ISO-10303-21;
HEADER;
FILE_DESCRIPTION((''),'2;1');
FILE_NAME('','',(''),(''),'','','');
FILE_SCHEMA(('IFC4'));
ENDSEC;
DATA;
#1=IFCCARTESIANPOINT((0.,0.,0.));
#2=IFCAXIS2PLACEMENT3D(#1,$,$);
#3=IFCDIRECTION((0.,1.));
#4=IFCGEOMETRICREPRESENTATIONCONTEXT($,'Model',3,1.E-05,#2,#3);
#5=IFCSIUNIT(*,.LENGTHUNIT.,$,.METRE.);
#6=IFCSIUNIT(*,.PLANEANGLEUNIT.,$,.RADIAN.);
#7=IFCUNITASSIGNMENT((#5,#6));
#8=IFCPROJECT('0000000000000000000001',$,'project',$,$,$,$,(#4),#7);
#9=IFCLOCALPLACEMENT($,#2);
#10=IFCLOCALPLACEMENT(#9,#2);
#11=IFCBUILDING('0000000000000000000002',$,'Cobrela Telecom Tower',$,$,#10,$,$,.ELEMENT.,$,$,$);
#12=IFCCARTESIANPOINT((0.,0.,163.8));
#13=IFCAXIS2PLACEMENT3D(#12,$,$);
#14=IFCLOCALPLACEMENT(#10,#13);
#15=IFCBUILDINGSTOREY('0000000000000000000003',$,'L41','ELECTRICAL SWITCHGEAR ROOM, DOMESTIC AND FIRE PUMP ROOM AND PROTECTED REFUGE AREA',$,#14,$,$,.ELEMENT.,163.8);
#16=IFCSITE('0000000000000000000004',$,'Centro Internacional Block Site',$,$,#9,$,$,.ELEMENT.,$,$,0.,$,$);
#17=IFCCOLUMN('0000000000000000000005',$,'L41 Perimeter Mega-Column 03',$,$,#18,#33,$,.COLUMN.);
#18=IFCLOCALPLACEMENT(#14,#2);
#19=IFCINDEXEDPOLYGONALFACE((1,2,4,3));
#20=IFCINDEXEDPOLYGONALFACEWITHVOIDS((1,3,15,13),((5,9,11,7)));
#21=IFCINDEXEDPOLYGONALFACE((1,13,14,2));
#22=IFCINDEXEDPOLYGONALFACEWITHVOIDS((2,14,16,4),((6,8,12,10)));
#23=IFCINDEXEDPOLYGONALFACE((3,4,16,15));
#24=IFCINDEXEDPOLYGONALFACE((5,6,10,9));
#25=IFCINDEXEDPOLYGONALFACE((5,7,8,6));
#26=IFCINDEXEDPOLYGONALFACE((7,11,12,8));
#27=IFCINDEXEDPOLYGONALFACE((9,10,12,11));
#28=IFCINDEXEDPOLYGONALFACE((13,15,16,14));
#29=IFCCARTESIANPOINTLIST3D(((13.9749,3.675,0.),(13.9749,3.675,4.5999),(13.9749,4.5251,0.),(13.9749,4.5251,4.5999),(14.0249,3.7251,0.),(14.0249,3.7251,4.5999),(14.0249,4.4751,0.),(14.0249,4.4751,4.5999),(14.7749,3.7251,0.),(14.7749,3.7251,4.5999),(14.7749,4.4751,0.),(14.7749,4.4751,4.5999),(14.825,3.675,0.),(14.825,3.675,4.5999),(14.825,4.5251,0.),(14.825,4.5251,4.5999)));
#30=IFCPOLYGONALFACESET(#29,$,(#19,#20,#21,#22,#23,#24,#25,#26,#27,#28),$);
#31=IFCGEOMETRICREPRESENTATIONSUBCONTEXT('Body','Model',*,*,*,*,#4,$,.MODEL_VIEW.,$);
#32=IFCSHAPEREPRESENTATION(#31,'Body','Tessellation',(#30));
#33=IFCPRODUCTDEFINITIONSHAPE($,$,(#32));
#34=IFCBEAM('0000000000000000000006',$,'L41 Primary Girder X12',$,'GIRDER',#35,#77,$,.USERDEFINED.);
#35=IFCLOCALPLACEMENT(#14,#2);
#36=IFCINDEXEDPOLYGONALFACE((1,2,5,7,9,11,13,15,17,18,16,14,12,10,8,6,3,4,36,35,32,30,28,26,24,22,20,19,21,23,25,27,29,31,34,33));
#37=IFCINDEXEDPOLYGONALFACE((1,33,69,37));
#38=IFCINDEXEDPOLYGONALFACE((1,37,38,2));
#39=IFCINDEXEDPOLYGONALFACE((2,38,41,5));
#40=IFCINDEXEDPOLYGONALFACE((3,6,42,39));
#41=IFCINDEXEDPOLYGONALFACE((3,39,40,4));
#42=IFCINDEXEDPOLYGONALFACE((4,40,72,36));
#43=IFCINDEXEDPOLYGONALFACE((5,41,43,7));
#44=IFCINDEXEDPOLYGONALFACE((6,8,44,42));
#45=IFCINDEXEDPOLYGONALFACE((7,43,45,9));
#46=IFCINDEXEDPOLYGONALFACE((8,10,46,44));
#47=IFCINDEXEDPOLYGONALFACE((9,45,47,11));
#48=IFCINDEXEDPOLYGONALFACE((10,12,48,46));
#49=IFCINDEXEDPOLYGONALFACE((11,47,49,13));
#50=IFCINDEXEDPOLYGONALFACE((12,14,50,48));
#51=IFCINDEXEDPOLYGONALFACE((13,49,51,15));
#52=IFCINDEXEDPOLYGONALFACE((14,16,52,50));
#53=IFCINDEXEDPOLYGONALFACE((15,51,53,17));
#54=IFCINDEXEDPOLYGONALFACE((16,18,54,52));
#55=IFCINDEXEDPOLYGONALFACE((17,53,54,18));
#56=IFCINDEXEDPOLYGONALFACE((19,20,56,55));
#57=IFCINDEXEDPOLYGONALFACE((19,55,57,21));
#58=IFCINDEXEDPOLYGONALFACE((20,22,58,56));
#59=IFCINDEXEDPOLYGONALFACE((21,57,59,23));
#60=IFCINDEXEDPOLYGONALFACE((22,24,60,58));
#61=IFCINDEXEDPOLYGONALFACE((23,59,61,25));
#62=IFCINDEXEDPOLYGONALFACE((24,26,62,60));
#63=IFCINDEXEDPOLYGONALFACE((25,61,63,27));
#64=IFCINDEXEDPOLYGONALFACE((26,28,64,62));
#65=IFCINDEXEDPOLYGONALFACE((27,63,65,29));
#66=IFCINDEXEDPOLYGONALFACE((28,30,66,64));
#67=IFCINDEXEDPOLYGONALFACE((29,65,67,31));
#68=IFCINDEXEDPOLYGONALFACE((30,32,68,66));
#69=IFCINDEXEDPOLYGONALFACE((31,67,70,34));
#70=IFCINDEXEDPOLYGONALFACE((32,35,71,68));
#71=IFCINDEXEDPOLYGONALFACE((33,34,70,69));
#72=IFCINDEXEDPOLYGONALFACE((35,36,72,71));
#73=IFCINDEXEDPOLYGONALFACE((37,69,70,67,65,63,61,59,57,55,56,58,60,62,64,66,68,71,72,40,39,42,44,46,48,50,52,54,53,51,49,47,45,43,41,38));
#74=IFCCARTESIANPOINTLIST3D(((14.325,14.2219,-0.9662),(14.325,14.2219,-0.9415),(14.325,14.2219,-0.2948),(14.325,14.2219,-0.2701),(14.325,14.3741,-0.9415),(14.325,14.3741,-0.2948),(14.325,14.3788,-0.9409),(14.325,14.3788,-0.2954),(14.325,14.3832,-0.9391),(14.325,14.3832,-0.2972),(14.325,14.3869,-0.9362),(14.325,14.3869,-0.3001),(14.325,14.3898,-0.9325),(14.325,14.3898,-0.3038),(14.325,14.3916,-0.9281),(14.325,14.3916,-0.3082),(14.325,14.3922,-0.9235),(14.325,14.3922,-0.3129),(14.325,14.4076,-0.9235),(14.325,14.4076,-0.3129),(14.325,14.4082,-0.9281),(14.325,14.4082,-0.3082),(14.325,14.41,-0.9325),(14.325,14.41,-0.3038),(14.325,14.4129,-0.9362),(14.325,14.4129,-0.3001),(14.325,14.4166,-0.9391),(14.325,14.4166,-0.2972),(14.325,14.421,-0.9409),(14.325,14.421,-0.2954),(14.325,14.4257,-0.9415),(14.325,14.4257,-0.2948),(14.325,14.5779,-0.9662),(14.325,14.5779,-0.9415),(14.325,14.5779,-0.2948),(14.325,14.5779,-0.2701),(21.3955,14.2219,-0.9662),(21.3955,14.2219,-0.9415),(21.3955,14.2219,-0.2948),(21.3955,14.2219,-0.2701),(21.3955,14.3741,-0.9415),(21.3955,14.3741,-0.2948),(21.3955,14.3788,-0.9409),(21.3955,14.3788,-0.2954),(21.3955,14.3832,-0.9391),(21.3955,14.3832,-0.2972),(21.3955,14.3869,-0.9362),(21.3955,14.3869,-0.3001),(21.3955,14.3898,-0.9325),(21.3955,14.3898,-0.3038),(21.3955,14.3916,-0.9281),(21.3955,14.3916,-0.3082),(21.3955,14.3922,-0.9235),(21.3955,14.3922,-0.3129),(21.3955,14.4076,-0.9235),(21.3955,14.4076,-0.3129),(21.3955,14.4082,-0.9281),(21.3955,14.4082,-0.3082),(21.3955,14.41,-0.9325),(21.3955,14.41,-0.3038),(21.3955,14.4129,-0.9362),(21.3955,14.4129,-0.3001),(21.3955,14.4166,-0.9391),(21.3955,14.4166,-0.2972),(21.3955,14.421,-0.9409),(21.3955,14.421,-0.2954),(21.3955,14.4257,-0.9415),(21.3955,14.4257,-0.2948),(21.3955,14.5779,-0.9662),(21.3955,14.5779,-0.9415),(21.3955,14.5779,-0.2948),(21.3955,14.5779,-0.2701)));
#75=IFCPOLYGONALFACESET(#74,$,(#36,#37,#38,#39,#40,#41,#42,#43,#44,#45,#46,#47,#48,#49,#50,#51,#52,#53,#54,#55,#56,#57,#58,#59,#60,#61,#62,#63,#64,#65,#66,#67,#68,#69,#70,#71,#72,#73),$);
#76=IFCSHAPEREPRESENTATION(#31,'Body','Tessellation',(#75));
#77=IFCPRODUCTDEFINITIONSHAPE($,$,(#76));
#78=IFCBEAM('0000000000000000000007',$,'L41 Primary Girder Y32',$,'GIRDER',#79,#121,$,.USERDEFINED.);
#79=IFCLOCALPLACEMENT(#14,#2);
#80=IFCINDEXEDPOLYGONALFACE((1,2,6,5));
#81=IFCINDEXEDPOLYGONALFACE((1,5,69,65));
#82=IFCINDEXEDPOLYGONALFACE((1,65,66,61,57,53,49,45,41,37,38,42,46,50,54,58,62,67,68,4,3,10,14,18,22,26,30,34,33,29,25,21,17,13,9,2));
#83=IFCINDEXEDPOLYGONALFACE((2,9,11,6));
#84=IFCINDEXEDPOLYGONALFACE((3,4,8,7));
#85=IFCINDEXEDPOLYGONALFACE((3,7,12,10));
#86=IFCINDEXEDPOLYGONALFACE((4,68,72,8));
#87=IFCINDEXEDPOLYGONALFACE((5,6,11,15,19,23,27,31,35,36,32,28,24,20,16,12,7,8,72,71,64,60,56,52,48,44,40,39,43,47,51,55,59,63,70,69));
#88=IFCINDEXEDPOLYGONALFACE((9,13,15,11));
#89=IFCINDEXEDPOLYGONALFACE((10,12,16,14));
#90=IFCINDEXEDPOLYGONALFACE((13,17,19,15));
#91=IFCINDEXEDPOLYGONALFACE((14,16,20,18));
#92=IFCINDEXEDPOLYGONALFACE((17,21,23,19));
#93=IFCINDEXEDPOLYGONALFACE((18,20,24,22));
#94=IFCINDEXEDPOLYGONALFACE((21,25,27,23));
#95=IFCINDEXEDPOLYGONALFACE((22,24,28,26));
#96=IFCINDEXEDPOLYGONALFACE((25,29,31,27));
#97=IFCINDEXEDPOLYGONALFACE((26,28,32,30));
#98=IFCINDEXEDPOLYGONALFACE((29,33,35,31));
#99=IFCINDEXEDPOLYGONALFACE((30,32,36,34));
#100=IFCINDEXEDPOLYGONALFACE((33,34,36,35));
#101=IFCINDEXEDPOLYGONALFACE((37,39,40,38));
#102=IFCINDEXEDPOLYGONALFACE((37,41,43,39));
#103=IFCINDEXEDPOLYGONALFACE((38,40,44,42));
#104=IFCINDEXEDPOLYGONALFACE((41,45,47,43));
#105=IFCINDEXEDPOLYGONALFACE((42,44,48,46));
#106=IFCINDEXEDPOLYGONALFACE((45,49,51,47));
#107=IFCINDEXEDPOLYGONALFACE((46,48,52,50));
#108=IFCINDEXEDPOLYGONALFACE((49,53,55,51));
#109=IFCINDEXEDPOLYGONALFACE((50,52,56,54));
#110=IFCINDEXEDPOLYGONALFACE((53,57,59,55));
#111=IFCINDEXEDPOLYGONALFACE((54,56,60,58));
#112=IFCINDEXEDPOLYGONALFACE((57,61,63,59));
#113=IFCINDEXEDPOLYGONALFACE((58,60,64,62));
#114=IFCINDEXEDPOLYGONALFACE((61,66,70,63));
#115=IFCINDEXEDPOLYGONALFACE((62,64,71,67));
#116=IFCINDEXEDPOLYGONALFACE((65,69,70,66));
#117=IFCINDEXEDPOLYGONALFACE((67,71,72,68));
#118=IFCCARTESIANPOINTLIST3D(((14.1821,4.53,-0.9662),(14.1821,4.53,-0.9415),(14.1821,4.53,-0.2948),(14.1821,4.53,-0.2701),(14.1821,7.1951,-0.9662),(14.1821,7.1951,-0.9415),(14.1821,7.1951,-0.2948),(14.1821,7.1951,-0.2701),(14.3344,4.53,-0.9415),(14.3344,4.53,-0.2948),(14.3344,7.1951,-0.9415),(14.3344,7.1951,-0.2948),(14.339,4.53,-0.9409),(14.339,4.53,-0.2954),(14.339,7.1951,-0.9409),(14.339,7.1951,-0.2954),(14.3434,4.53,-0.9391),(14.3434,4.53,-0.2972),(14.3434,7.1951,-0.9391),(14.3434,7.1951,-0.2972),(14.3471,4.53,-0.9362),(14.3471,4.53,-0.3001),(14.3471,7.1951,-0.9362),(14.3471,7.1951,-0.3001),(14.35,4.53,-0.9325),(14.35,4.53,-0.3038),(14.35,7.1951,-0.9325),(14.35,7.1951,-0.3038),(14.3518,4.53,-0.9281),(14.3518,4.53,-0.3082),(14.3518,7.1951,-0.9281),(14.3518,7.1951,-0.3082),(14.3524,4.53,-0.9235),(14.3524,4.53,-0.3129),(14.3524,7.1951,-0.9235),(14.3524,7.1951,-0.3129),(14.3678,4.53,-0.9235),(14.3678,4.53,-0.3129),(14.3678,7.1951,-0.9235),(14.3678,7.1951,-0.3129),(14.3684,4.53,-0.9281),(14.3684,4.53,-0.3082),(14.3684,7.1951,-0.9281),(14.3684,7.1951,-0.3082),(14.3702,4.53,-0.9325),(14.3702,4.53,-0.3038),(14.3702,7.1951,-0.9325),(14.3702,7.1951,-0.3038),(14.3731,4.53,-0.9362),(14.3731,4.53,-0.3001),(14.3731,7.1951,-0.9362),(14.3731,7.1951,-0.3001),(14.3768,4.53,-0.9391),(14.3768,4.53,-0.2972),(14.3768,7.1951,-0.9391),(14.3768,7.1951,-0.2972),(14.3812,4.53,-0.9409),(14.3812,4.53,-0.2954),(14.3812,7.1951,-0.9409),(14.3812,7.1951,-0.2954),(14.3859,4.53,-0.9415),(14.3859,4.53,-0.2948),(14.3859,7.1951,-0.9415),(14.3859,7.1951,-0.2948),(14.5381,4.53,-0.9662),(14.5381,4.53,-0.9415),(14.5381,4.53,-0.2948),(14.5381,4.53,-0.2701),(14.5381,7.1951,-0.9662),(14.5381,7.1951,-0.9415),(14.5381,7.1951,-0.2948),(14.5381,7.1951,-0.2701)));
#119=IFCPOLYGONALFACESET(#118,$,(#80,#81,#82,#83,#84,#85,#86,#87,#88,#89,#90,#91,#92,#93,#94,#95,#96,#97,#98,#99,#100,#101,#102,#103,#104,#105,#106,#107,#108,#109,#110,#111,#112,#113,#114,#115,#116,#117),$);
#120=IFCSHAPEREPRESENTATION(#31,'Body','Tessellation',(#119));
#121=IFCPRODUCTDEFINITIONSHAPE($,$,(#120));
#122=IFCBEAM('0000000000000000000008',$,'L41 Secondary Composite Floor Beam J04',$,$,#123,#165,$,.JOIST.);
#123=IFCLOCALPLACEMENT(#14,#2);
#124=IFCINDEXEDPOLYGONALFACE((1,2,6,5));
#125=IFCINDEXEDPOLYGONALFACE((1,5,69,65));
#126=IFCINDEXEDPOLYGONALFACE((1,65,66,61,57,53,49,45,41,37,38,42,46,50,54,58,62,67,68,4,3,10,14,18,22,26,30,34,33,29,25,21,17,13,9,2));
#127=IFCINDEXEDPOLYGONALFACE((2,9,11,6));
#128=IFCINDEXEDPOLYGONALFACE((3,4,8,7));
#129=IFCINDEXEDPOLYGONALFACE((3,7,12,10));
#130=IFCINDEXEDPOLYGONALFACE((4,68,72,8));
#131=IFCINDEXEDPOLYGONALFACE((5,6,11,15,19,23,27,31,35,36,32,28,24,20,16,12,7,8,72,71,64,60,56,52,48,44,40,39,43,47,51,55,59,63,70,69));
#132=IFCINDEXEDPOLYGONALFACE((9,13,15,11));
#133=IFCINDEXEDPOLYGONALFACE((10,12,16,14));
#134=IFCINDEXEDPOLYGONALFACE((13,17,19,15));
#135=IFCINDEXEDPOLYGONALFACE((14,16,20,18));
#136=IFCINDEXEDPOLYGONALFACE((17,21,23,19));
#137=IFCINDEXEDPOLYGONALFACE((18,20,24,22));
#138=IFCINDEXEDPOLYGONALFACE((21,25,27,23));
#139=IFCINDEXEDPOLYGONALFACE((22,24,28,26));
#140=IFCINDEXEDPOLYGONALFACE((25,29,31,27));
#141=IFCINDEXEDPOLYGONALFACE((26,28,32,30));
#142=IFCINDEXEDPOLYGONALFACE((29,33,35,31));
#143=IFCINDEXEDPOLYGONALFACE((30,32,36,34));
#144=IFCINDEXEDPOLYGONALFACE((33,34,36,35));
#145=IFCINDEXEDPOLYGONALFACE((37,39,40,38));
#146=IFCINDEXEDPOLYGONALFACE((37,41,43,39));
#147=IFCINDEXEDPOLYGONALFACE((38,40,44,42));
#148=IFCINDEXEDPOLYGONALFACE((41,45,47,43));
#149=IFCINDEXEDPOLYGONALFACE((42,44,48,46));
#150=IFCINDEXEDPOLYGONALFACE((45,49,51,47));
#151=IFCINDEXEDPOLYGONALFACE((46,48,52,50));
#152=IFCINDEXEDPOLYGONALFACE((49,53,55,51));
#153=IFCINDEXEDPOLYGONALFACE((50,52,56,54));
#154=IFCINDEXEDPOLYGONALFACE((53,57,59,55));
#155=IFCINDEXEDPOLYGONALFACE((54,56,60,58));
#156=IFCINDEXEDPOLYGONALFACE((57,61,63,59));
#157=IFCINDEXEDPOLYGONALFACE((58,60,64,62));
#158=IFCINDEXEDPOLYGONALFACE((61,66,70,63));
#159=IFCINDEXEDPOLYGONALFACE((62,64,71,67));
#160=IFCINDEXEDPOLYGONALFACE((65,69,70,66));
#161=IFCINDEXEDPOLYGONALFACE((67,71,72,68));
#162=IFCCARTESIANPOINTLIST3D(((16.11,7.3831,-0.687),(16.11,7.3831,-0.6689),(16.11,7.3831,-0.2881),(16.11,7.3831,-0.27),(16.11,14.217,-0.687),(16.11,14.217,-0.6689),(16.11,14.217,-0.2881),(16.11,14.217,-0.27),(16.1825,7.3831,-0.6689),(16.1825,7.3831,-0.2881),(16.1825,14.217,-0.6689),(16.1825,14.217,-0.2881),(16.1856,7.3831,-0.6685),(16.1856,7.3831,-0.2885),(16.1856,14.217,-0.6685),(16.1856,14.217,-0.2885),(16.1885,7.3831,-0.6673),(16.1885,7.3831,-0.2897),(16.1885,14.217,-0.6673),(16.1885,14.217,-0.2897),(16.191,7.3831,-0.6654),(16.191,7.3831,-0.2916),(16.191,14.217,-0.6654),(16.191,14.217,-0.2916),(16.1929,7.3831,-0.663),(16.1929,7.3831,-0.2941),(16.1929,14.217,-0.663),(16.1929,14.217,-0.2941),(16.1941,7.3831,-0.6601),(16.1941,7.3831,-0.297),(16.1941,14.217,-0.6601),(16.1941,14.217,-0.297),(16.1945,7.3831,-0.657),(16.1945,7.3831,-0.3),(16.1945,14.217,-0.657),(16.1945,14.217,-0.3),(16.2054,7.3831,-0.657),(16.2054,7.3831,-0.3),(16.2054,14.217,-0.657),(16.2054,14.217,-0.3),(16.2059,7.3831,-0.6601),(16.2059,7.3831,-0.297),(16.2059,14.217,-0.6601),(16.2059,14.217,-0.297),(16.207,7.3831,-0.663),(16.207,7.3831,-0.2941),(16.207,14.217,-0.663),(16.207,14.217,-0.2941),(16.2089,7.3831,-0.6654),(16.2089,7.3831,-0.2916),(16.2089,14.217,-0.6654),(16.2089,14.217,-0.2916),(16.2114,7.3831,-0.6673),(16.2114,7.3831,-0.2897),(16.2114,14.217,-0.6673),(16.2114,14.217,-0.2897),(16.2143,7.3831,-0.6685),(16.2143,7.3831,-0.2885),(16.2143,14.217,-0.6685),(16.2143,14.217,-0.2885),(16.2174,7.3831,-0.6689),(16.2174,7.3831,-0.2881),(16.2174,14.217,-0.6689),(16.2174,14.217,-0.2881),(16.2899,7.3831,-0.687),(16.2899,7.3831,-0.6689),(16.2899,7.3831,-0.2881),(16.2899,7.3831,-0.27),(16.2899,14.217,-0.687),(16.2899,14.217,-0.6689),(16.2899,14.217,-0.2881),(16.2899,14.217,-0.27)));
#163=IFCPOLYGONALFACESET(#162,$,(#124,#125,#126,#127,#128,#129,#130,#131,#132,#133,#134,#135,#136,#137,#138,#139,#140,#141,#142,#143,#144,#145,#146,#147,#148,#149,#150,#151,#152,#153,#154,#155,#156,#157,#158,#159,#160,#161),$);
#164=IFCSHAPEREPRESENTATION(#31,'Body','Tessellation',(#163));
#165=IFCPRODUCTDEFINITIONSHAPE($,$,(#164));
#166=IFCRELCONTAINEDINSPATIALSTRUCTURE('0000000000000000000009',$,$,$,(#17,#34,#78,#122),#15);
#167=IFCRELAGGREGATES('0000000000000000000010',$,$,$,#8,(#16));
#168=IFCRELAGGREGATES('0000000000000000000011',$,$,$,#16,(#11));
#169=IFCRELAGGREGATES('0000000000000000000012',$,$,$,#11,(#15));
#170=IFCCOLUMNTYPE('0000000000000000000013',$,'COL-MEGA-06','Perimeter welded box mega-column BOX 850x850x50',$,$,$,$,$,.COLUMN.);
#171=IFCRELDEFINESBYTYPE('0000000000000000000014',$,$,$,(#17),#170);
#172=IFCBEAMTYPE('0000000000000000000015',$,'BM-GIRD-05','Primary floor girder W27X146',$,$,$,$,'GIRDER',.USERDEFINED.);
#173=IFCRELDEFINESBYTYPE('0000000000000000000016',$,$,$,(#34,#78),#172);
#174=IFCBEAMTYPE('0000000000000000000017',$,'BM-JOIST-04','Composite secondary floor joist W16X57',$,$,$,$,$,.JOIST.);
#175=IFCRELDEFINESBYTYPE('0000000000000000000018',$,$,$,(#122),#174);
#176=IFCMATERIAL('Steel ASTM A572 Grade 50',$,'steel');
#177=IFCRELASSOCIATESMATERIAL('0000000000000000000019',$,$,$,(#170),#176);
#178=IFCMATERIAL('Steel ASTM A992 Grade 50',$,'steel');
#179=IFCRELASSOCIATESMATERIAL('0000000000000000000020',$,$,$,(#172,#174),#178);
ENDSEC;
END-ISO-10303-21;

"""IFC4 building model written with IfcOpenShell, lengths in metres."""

from ifc_helpers import new_model, si_unit, direction, frame, origin, origin_2d, place, context, subcontext, project, spatial, hollow_rectangle, i_section, extrude, material, material_profile, profile_set, type_object, element, save


model = new_model("IFC4")

# Units and contexts
model_context = context("Model", 3, precision=1e-05, world=origin(), true_north=direction((0.0, 1.0)))
body_context = subcontext(model_context, "Body", "Model", "MODEL_VIEW")
ifc_project = project(units=[si_unit("LENGTHUNIT", "METRE"), si_unit("PLANEANGLEUNIT", "RADIAN")], contexts=[model_context])

# Site, building, storey
site_placement = place(None, origin())
site = spatial("IfcSite", under=ifc_project, at=site_placement, Name="Centro Internacional Block Site", CompositionType="ELEMENT", RefElevation=0.0)
building_placement = place(site_placement, origin())
building = spatial("IfcBuilding", under=site, at=building_placement, Name="Cobrela Telecom Tower", CompositionType="ELEMENT")
storey_placement = place(building_placement, frame((0.0, 0.0, 163.8)))
storey = spatial("IfcBuildingStorey", under=building, at=storey_placement, Name="L41", Description="ELECTRICAL SWITCHGEAR ROOM, DOMESTIC AND FIRE PUMP ROOM AND PROTECTED REFUGE AREA", CompositionType="ELEMENT", Elevation=163.8)

# Column
ifc_material_1 = material(Name="Steel ASTM A572 Grade 50", Category="steel")
ifc_material_profile_1 = material_profile(ifc_material_1, hollow_rectangle(XDim=0.8501, YDim=0.8501, WallThickness=0.05, at=origin_2d()), Name="BOX 850x850x50")
ifc_profile_set_1 = profile_set([ifc_material_profile_1], Name="Steel ASTM A572 Grade 50")
column_type = type_object("IfcColumnType", Name="COL-MEGA-06", Description="Perimeter welded box mega-column BOX 850x850x50", PredefinedType="COLUMN", material=ifc_profile_set_1)
column_placement = place(storey_placement, frame((14.3999, 4.1001, 0.0), z_axis=(0.0, 0.0, 1.0), x_axis=(1.0, 0.0, 0.0)))
element("IfcColumn", 1, at=column_placement, inside=storey, type_object=column_type, Name="L41 Perimeter Mega-Column 03", PredefinedType="COLUMN", context=body_context, shape_type="SweptSolid", body=[
    extrude(hollow_rectangle(XDim=0.8501, YDim=0.8501, WallThickness=0.05, at=origin_2d()), origin(), (0.0, 0.0, 1.0), 4.5999),
])

# Beams
ifc_material_2 = material(Name="Steel ASTM A992 Grade 50", Category="steel")
ifc_material_profile_2 = material_profile(ifc_material_2, i_section(OverallWidth=0.356, OverallDepth=0.696, WebThickness=0.0154, FlangeThickness=0.0247, FilletRadius=0.0181, at=origin_2d()), Name="W27X146")
ifc_profile_set_2 = profile_set([ifc_material_profile_2], Name="Steel ASTM A992 Grade 50")
beam_type_1 = type_object("IfcBeamType", Name="BM-GIRD-05", Description="Primary floor girder W27X146", ElementType="GIRDER", PredefinedType="USERDEFINED", material=ifc_profile_set_2)
beam_1_placement = place(storey_placement, frame((14.325, 14.3999, -0.6182), z_axis=(1.0, 0.0, 0.0), x_axis=(0.0, 1.0, 0.0)))
element("IfcBeam", 2, at=beam_1_placement, inside=storey, type_object=beam_type_1, Name="L41 Primary Girder X12", ObjectType="GIRDER", PredefinedType="USERDEFINED", context=body_context, shape_type="SweptSolid", body=[
    extrude(i_section(OverallWidth=0.356, OverallDepth=0.696, WebThickness=0.0154, FlangeThickness=0.0247, FilletRadius=0.0181, at=origin_2d()), origin(), (0.0, 0.0, 1.0), 7.0706),
])
beam_2_placement = place(storey_placement, frame((14.3601, 4.53, -0.6182), z_axis=(0.0, 1.0, 0.0), x_axis=(-1.0, 0.0, 0.0)))
element("IfcBeam", 3, at=beam_2_placement, inside=storey, type_object=beam_type_1, Name="L41 Primary Girder Y32", ObjectType="GIRDER", PredefinedType="USERDEFINED", context=body_context, shape_type="SweptSolid", body=[
    extrude(i_section(OverallWidth=0.356, OverallDepth=0.696, WebThickness=0.0154, FlangeThickness=0.0247, FilletRadius=0.0181, at=origin_2d()), origin(), (0.0, 0.0, 1.0), 2.665),
])
ifc_material_profile_3 = material_profile(ifc_material_2, i_section(OverallWidth=0.1799, OverallDepth=0.417, WebThickness=0.011, FlangeThickness=0.0181, FilletRadius=0.012, at=origin_2d()), Name="W16X57")
ifc_profile_set_3 = profile_set([ifc_material_profile_3], Name="Steel ASTM A992 Grade 50")
beam_type_2 = type_object("IfcBeamType", Name="BM-JOIST-04", Description="Composite secondary floor joist W16X57", PredefinedType="JOIST", material=ifc_profile_set_3)
for number, where, z_axis, x_axis, name in (
    (4, (16.2, 7.3831, -0.4785), (0.0, 1.0, 0.0), (-1.0, 0.0, 0.0), "L41 Secondary Composite Floor Beam J04"),
):
    element("IfcBeam", number, at=place(storey_placement, frame(where, z_axis=z_axis, x_axis=x_axis)), inside=storey, type_object=beam_type_2, Name=name, PredefinedType="JOIST", context=body_context, shape_type="SweptSolid", body=[
        extrude(i_section(OverallWidth=0.1799, OverallDepth=0.417, WebThickness=0.011, FlangeThickness=0.0181, FilletRadius=0.012, at=origin_2d()), origin(), (0.0, 0.0, 1.0), 6.834),
    ])

save(model, "model.ifc")
